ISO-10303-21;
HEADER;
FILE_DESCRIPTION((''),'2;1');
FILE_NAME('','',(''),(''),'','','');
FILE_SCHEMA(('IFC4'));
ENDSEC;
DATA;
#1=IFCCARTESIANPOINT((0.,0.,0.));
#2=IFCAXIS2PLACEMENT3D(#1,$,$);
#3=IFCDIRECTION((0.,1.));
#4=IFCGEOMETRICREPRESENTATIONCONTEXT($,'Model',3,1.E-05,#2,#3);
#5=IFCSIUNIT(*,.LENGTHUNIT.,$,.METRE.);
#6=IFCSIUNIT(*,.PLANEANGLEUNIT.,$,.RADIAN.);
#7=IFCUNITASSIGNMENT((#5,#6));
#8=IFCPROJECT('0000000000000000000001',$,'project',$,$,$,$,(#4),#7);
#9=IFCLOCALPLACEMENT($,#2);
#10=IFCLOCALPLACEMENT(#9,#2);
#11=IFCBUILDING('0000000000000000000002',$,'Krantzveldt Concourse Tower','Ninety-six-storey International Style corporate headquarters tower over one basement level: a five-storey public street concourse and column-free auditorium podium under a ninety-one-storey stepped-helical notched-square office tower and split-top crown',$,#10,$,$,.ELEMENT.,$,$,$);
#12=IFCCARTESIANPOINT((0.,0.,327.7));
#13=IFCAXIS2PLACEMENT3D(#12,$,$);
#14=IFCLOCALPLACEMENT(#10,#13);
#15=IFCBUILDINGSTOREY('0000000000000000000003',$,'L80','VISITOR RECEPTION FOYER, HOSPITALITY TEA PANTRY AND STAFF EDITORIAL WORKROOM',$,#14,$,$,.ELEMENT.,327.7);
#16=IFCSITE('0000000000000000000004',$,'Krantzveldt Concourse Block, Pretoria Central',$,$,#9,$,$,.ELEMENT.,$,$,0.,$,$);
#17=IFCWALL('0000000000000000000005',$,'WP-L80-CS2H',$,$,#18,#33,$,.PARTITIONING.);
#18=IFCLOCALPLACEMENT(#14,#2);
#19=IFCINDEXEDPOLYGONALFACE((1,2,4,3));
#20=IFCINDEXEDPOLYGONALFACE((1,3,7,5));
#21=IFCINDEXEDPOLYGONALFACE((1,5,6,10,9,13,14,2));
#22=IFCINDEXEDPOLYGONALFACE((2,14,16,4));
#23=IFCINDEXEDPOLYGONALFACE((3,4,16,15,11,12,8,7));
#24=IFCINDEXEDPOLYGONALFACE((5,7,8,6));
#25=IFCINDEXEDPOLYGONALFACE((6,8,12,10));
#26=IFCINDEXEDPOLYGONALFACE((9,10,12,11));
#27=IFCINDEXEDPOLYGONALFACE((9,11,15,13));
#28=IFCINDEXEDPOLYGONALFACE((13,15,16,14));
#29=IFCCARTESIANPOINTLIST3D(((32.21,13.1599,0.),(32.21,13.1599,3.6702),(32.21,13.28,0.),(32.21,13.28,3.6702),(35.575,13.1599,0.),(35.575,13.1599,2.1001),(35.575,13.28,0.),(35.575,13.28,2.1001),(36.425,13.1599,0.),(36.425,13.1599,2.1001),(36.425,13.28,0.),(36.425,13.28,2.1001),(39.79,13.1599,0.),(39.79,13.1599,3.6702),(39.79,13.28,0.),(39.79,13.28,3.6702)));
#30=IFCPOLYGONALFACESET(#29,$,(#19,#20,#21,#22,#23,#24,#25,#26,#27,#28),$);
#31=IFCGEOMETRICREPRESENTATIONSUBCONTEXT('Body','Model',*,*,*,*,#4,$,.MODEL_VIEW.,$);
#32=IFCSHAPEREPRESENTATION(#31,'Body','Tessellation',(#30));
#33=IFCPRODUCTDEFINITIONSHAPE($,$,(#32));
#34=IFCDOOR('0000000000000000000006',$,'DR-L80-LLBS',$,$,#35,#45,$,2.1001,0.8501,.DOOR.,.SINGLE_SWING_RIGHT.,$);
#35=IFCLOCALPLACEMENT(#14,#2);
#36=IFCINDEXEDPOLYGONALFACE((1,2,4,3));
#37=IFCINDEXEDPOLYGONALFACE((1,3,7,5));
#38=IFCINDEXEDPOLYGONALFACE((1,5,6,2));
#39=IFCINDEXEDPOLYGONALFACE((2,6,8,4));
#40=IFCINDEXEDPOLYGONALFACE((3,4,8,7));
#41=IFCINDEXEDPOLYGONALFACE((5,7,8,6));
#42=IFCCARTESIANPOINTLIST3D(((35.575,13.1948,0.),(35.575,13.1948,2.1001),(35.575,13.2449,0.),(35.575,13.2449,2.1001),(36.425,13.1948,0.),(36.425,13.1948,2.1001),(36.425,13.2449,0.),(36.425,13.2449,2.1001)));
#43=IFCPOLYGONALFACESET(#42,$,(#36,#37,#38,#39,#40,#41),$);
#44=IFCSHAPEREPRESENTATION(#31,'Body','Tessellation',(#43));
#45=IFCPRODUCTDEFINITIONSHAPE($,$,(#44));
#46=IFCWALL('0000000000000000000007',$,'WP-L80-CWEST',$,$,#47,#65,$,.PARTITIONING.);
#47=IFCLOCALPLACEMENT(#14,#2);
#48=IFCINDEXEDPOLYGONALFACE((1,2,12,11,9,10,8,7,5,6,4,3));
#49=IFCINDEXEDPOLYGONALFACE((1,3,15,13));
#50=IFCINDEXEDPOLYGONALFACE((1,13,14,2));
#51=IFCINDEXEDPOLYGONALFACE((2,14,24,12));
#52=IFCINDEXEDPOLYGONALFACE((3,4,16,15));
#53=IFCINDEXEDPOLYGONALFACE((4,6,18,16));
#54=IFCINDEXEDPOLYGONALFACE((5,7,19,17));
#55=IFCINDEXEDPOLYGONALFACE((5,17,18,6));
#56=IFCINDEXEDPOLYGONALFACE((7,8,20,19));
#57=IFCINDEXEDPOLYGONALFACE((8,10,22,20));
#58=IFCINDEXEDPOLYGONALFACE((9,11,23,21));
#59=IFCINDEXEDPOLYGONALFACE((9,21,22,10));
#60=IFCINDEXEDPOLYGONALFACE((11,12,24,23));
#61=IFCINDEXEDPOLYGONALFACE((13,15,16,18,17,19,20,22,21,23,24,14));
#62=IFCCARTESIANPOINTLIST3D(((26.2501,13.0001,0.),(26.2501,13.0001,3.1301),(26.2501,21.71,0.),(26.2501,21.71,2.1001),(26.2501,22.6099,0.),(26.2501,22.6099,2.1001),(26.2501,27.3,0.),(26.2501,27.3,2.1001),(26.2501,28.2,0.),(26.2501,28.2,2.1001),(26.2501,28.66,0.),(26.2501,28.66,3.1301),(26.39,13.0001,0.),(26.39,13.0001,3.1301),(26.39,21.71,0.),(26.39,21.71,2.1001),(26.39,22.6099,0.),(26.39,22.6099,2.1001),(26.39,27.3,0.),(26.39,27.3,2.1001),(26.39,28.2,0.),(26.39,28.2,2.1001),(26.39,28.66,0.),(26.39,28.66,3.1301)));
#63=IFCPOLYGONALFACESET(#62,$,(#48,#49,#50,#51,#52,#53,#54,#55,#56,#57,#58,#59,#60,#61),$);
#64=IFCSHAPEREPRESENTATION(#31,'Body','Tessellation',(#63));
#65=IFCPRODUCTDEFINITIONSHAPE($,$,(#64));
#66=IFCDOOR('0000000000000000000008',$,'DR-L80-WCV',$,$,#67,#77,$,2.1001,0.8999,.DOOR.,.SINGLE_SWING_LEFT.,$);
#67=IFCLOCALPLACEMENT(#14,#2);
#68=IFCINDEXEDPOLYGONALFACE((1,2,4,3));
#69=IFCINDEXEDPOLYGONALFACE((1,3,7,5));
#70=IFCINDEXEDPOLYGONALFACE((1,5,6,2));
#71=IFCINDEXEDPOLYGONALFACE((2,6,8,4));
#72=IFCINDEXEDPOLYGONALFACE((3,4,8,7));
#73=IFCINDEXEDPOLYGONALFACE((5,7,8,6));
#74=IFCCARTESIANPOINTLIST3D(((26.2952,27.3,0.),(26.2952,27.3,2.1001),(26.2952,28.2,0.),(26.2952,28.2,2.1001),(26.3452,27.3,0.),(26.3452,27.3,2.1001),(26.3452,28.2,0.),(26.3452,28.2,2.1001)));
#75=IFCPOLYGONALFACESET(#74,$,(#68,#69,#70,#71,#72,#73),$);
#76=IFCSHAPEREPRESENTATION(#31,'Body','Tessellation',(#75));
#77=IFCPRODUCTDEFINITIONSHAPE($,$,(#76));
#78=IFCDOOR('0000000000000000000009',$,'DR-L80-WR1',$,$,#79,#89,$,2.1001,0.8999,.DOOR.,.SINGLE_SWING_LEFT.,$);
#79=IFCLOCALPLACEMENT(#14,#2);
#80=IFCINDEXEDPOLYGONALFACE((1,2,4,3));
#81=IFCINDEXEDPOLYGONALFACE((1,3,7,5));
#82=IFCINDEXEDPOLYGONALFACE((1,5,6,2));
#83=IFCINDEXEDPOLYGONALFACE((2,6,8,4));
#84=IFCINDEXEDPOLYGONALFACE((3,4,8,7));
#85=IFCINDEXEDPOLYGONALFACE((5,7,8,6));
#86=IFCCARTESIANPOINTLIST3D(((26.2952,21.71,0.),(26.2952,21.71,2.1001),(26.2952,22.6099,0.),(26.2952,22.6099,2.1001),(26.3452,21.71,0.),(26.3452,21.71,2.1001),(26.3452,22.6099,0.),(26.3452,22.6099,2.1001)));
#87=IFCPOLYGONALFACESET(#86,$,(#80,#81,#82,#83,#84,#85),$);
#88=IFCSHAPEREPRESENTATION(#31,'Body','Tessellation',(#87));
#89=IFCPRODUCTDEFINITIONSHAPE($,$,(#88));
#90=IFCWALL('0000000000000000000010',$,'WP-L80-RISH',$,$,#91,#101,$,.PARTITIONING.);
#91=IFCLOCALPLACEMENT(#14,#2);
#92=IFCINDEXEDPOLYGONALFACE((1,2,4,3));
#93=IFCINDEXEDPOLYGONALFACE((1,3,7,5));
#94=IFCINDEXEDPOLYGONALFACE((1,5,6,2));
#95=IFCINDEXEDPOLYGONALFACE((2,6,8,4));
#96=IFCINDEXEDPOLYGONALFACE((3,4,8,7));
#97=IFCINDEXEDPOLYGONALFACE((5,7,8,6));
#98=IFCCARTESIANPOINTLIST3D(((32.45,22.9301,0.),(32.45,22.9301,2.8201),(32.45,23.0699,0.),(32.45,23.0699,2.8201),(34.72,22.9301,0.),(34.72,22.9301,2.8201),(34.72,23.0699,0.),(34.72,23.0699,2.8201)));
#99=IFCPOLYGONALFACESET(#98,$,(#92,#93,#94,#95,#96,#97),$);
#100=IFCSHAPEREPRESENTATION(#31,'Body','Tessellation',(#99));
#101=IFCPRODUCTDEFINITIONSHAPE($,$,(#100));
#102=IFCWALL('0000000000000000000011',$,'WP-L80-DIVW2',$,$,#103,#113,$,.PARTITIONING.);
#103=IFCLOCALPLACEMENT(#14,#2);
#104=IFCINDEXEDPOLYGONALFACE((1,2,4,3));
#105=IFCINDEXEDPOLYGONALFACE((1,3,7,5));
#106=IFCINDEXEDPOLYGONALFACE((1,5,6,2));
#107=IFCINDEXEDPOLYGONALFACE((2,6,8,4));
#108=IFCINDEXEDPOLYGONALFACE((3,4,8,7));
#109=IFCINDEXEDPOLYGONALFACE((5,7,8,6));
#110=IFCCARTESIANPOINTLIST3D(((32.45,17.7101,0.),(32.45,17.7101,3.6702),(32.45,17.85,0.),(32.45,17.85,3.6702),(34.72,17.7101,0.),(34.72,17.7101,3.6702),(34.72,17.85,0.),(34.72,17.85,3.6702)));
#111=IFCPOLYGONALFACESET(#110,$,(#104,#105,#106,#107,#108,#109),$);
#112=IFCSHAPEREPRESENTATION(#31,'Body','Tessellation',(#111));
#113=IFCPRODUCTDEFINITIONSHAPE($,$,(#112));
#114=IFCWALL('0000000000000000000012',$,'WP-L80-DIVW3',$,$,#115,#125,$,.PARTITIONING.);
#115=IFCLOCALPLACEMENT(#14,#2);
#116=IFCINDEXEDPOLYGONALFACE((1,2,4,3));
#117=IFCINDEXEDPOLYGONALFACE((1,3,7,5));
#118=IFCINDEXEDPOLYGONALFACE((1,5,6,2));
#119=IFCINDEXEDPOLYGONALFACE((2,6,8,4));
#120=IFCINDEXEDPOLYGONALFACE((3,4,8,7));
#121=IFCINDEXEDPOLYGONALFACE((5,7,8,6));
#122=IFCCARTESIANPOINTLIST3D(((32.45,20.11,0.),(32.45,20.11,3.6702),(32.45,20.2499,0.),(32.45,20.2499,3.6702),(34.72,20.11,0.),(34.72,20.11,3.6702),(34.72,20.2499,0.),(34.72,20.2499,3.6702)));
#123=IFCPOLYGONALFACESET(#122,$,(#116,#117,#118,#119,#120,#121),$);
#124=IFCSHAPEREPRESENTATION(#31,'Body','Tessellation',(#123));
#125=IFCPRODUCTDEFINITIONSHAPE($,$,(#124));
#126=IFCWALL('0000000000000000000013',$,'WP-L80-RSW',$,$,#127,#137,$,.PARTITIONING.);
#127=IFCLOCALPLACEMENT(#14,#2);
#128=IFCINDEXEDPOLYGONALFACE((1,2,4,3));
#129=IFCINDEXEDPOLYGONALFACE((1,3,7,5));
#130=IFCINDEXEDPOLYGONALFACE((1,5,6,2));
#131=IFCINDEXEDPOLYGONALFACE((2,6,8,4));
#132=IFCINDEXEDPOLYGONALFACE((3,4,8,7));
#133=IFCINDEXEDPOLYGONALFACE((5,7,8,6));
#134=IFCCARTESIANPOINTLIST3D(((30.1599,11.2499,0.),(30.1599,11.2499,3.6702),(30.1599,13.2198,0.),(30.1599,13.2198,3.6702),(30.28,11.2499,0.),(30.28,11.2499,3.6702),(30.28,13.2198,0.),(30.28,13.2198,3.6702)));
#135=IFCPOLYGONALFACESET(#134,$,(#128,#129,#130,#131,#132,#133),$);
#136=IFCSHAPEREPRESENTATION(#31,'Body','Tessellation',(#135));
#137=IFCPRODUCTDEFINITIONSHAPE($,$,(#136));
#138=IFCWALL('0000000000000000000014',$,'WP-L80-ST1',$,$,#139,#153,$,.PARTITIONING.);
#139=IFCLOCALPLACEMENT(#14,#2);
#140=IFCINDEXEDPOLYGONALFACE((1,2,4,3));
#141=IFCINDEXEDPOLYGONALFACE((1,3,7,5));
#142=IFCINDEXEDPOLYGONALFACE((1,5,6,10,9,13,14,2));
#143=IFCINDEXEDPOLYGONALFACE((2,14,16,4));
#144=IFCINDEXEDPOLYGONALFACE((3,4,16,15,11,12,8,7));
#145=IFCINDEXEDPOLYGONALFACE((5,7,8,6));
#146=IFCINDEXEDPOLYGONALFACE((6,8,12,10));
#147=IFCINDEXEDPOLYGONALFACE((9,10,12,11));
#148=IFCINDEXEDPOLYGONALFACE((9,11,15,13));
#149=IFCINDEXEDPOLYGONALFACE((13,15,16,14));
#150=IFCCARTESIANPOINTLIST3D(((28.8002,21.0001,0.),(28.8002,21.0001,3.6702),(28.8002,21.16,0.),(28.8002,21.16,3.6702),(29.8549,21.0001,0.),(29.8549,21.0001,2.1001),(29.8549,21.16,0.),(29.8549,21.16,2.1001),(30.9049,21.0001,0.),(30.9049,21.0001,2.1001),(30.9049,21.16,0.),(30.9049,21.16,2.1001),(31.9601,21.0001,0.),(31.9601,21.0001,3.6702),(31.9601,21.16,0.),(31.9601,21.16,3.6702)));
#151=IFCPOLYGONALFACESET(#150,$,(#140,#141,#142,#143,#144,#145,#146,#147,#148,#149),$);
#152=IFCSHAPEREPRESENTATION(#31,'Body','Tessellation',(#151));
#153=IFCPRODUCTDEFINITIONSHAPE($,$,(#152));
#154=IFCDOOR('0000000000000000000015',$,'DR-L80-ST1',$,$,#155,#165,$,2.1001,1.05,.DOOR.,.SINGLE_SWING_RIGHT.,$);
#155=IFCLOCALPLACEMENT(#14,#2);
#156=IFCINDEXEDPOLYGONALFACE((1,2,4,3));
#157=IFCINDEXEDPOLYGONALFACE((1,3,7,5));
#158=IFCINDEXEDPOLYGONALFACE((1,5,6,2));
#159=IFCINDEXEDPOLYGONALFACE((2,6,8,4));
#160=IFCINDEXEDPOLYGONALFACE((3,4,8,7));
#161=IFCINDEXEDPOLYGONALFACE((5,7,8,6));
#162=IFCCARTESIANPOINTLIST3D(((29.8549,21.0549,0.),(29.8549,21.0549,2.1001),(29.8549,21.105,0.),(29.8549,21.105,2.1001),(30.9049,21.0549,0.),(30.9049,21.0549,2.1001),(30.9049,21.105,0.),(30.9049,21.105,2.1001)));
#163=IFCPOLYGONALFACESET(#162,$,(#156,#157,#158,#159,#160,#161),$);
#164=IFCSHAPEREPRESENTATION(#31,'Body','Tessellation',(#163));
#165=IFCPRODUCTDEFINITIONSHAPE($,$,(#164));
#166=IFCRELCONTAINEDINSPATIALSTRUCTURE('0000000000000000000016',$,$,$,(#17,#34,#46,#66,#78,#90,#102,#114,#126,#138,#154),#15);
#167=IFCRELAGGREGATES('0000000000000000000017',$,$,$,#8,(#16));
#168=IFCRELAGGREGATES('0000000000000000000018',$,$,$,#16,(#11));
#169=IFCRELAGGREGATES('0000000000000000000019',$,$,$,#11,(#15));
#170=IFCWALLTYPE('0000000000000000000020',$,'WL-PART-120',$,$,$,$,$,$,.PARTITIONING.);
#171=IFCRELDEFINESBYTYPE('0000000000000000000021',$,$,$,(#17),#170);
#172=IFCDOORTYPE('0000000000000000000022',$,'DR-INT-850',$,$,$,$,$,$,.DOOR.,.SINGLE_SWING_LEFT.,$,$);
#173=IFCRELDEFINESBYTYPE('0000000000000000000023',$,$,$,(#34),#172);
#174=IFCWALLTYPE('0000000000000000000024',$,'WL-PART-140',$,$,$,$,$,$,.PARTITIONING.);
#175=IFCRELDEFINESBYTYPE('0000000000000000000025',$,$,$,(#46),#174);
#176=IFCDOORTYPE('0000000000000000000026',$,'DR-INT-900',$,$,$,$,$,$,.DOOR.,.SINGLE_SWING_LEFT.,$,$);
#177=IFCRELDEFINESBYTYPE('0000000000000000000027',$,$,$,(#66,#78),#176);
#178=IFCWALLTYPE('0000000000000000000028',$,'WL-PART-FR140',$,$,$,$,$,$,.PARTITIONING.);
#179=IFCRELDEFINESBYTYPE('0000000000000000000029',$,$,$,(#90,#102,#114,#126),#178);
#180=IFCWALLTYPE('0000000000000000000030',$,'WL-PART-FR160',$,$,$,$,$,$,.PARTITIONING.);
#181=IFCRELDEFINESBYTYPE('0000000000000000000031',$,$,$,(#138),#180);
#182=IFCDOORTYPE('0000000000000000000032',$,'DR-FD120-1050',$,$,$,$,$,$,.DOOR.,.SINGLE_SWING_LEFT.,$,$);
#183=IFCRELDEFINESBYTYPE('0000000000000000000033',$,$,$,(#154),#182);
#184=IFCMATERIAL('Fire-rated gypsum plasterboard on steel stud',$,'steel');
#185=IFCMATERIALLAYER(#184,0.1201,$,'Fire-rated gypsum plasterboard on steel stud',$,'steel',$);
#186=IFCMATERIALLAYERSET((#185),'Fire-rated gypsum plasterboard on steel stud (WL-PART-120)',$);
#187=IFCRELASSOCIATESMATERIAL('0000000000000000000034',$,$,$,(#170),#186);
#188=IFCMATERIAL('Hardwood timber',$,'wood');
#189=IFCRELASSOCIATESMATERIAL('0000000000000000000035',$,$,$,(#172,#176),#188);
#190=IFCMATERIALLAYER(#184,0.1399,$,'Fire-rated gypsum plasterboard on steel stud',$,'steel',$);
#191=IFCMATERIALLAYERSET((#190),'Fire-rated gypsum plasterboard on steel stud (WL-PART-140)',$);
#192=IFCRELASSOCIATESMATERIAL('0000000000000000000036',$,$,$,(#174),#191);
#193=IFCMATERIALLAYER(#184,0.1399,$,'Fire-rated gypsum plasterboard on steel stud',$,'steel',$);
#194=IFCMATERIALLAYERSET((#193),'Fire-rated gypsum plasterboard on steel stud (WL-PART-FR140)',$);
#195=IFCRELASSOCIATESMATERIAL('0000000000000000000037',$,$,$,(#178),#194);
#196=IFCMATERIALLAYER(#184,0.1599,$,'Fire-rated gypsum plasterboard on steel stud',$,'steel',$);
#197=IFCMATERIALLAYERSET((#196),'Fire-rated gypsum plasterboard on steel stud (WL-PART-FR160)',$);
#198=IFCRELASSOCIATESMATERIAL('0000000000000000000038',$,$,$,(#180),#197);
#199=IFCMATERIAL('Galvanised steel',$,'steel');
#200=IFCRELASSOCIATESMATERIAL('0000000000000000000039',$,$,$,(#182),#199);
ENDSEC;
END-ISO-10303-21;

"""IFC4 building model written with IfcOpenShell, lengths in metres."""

from ifc_helpers import new_model, si_unit, direction, frame, frame_2d, origin, place, context, subcontext, project, spatial, rectangle, extrude, material, layer, layer_set, type_object, element, fill, save


model = new_model("IFC4")

# Units and contexts
model_context = context("Model", 3, precision=1e-05, world=origin(), true_north=direction((0.0, 1.0)))
body_context = subcontext(model_context, "Body", "Model", "MODEL_VIEW")
ifc_project = project(units=[si_unit("LENGTHUNIT", "METRE"), si_unit("PLANEANGLEUNIT", "RADIAN")], contexts=[model_context])

# Site, building, storey
site_placement = place(None, origin())
site = spatial("IfcSite", under=ifc_project, at=site_placement, Name="Krantzveldt Concourse Block, Pretoria Central", CompositionType="ELEMENT", RefElevation=0.0)
building_placement = place(site_placement, origin())
building = spatial("IfcBuilding", under=site, at=building_placement, Name="Krantzveldt Concourse Tower", Description="Ninety-six-storey International Style corporate headquarters tower over one basement level: a five-storey public street concourse and column-free auditorium podium under a ninety-one-storey stepped-helical notched-square office tower and split-top crown", CompositionType="ELEMENT")
storey_placement = place(building_placement, frame((0.0, 0.0, 327.7)))
storey = spatial("IfcBuildingStorey", under=building, at=storey_placement, Name="L80", Description="VISITOR RECEPTION FOYER, HOSPITALITY TEA PANTRY AND STAFF EDITORIAL WORKROOM", CompositionType="ELEMENT", Elevation=327.7)

# Wall, opening, door
ifc_material_1 = material(Name="Fire-rated gypsum plasterboard on steel stud", Category="steel")
ifc_layer_1 = layer(ifc_material_1, 0.1201, Name="Fire-rated gypsum plasterboard on steel stud", Category="steel")
ifc_layer_set_1 = layer_set([ifc_layer_1], Name="Fire-rated gypsum plasterboard on steel stud (WL-PART-120)")
wall_type_1 = type_object("IfcWallType", Name="WL-PART-120", PredefinedType="PARTITIONING", material=ifc_layer_set_1)
wall_1_placement = place(storey_placement, frame((32.21, 13.22, 0.0), z_axis=(0.0, 0.0, 1.0), x_axis=(1.0, 0.0, 0.0)))
wall_1 = element("IfcWall", 1, at=wall_1_placement, inside=storey, type_object=wall_type_1, Name="WP-L80-CS2H", PredefinedType="PARTITIONING", context=body_context, shape_type="SweptSolid", body=[
    extrude(rectangle(XDim=7.5801, YDim=0.1201, at=frame_2d((3.79, 0.0))), origin(), (0.0, 0.0, 1.0), 3.6702),
])
opening_1_placement = place(wall_1_placement, frame((3.365, 0.0, 0.0)))
opening_1 = element("IfcOpeningElement", 2, at=opening_1_placement, cuts=wall_1, PredefinedType="OPENING", context=body_context, shape_type="SweptSolid", body=[
    extrude(rectangle(XDim=0.8501, YDim=2.1001, at=frame_2d((0.425, 1.05))), frame((0.0, 0.0701, 0.0), z_axis=(0.0, -1.0, 0.0), x_axis=(1.0, 0.0, 0.0)), (0.0, 0.0, 1.0), 0.1401),
])
ifc_material_2 = material(Name="Hardwood timber", Category="wood")
door_type_1 = type_object("IfcDoorType", Name="DR-INT-850", OperationType="SINGLE_SWING_LEFT", PredefinedType="DOOR", material=ifc_material_2)
door_1_placement = place(opening_1_placement, origin())
door_1 = element("IfcDoor", 3, at=door_1_placement, inside=storey, type_object=door_type_1, Name="DR-L80-LLBS", OperationType="SINGLE_SWING_RIGHT", OverallHeight=2.1001, OverallWidth=0.8501, PredefinedType="DOOR", context=body_context, shape_type="SweptSolid", body=[
    extrude(rectangle(XDim=0.8501, YDim=2.1001, at=frame_2d((0.425, 1.05))), frame((0.0, 0.0249, 0.0), z_axis=(0.0, -1.0, 0.0), x_axis=(1.0, 0.0, 0.0)), (0.0, 0.0, 1.0), 0.05),
])
fill(opening_1, door_1)

# Wall, openings, doors
ifc_layer_2 = layer(ifc_material_1, 0.1399, Name="Fire-rated gypsum plasterboard on steel stud", Category="steel")
ifc_layer_set_2 = layer_set([ifc_layer_2], Name="Fire-rated gypsum plasterboard on steel stud (WL-PART-140)")
wall_type_2 = type_object("IfcWallType", Name="WL-PART-140", PredefinedType="PARTITIONING", material=ifc_layer_set_2)
wall_2_placement = place(storey_placement, frame((26.3201, 13.0, 0.0), z_axis=(0.0, 0.0, 1.0), x_axis=(0.0, 1.0, 0.0)))
wall_2 = element("IfcWall", 4, at=wall_2_placement, inside=storey, type_object=wall_type_2, Name="WP-L80-CWEST", PredefinedType="PARTITIONING", context=body_context, shape_type="SweptSolid", body=[
    extrude(rectangle(XDim=15.6599, YDim=0.1399, at=frame_2d((7.8301, 0.0))), origin(), (0.0, 0.0, 1.0), 3.1301),
])
opening_2_placement = place(wall_2_placement, frame((14.3, 0.0, 0.0)))
opening_2 = element("IfcOpeningElement", 5, at=opening_2_placement, cuts=wall_2, PredefinedType="OPENING", context=body_context, shape_type="SweptSolid", body=[
    extrude(rectangle(XDim=0.8999, YDim=2.1001, at=frame_2d((0.45, 1.05))), frame((0.0, 0.0801, 0.0), z_axis=(0.0, -1.0, 0.0), x_axis=(1.0, 0.0, 0.0)), (0.0, 0.0, 1.0), 0.1599),
])
opening_3_placement = place(wall_2_placement, frame((8.71, 0.0, 0.0)))
opening_3 = element("IfcOpeningElement", 6, at=opening_3_placement, cuts=wall_2, PredefinedType="OPENING", context=body_context, shape_type="SweptSolid", body=[
    extrude(rectangle(XDim=0.8999, YDim=2.1001, at=frame_2d((0.45, 1.05))), frame((0.0, 0.0801, 0.0), z_axis=(0.0, -1.0, 0.0), x_axis=(1.0, 0.0, 0.0)), (0.0, 0.0, 1.0), 0.1599),
])
door_type_2 = type_object("IfcDoorType", Name="DR-INT-900", OperationType="SINGLE_SWING_LEFT", PredefinedType="DOOR", material=ifc_material_2)
door_2_placement = place(opening_2_placement, origin())
door_2 = element("IfcDoor", 7, at=door_2_placement, inside=storey, type_object=door_type_2, Name="DR-L80-WCV", OperationType="SINGLE_SWING_LEFT", OverallHeight=2.1001, OverallWidth=0.8999, PredefinedType="DOOR", context=body_context, shape_type="SweptSolid", body=[
    extrude(rectangle(XDim=0.8999, YDim=2.1001, at=frame_2d((0.45, 1.05))), frame((0.0, 0.0249, 0.0), z_axis=(0.0, -1.0, 0.0), x_axis=(1.0, 0.0, 0.0)), (0.0, 0.0, 1.0), 0.05),
])
fill(opening_2, door_2)
door_3_placement = place(opening_3_placement, origin())
door_3 = element("IfcDoor", 8, at=door_3_placement, inside=storey, type_object=door_type_2, Name="DR-L80-WR1", OperationType="SINGLE_SWING_LEFT", OverallHeight=2.1001, OverallWidth=0.8999, PredefinedType="DOOR", context=body_context, shape_type="SweptSolid", body=[
    extrude(rectangle(XDim=0.8999, YDim=2.1001, at=frame_2d((0.45, 1.05))), frame((0.0, 0.0249, 0.0), z_axis=(0.0, -1.0, 0.0), x_axis=(1.0, 0.0, 0.0)), (0.0, 0.0, 1.0), 0.05),
])
fill(opening_3, door_3)

# Walls
ifc_layer_3 = layer(ifc_material_1, 0.1399, Name="Fire-rated gypsum plasterboard on steel stud", Category="steel")
ifc_layer_set_3 = layer_set([ifc_layer_3], Name="Fire-rated gypsum plasterboard on steel stud (WL-PART-FR140)")
wall_type_3 = type_object("IfcWallType", Name="WL-PART-FR140", PredefinedType="PARTITIONING", material=ifc_layer_set_3)
wall_3_placement = place(storey_placement, frame((32.45, 23.0, 0.0), z_axis=(0.0, 0.0, 1.0), x_axis=(1.0, 0.0, 0.0)))
element("IfcWall", 9, at=wall_3_placement, inside=storey, type_object=wall_type_3, Name="WP-L80-RISH", PredefinedType="PARTITIONING", context=body_context, shape_type="SweptSolid", body=[
    extrude(rectangle(XDim=2.27, YDim=0.1399, at=frame_2d((1.135, 0.0))), origin(), (0.0, 0.0, 1.0), 2.8201),
])
for number, where, z_axis, x_axis, name in (
    (10, (32.45, 17.78, 0.0), (0.0, 0.0, 1.0), (1.0, 0.0, 0.0), "WP-L80-DIVW2"),
    (11, (32.45, 20.1799, 0.0), (0.0, 0.0, 1.0), (1.0, 0.0, 0.0), "WP-L80-DIVW3"),
):
    element("IfcWall", number, at=place(storey_placement, frame(where, z_axis=z_axis, x_axis=x_axis)), inside=storey, type_object=wall_type_3, Name=name, PredefinedType="PARTITIONING", context=body_context, shape_type="SweptSolid", body=[
        extrude(rectangle(XDim=2.27, YDim=0.1399, at=frame_2d((1.135, 0.0))), origin(), (0.0, 0.0, 1.0), 3.6702),
    ])
wall_4_placement = place(storey_placement, frame((30.22, 11.25, 0.0), z_axis=(0.0, 0.0, 1.0), x_axis=(0.0, 1.0, 0.0)))
element("IfcWall", 12, at=wall_4_placement, inside=storey, type_object=wall_type_3, Name="WP-L80-RSW", PredefinedType="PARTITIONING", context=body_context, shape_type="SweptSolid", body=[
    extrude(rectangle(XDim=1.97, YDim=0.1201, at=frame_2d((0.9849, 0.0))), origin(), (0.0, 0.0, 1.0), 3.6702),
])

# Wall, opening, door
ifc_layer_4 = layer(ifc_material_1, 0.1599, Name="Fire-rated gypsum plasterboard on steel stud", Category="steel")
ifc_layer_set_4 = layer_set([ifc_layer_4], Name="Fire-rated gypsum plasterboard on steel stud (WL-PART-FR160)")
wall_type_4 = type_object("IfcWallType", Name="WL-PART-FR160", PredefinedType="PARTITIONING", material=ifc_layer_set_4)
wall_5_placement = place(storey_placement, frame((28.8, 21.0801, 0.0), z_axis=(0.0, 0.0, 1.0), x_axis=(1.0, 0.0, 0.0)))
wall_5 = element("IfcWall", 13, at=wall_5_placement, inside=storey, type_object=wall_type_4, Name="WP-L80-ST1", PredefinedType="PARTITIONING", context=body_context, shape_type="SweptSolid", body=[
    extrude(rectangle(XDim=3.1599, YDim=0.1599, at=frame_2d((1.5801, 0.0))), origin(), (0.0, 0.0, 1.0), 3.6702),
])
opening_4_placement = place(wall_5_placement, frame((1.0549, 0.0, 0.0)))
opening_4 = element("IfcOpeningElement", 14, at=opening_4_placement, cuts=wall_5, PredefinedType="OPENING", context=body_context, shape_type="SweptSolid", body=[
    extrude(rectangle(XDim=1.05, YDim=2.1001, at=frame_2d((0.5249, 1.05))), frame((0.0, 0.0898, 0.0), z_axis=(0.0, -1.0, 0.0), x_axis=(1.0, 0.0, 0.0)), (0.0, 0.0, 1.0), 0.1799),
])
ifc_material_3 = material(Name="Galvanised steel", Category="steel")
door_type_3 = type_object("IfcDoorType", Name="DR-FD120-1050", OperationType="SINGLE_SWING_LEFT", PredefinedType="DOOR", material=ifc_material_3)
door_4_placement = place(opening_4_placement, origin())
door_4 = element("IfcDoor", 15, at=door_4_placement, inside=storey, type_object=door_type_3, Name="DR-L80-ST1", OperationType="SINGLE_SWING_RIGHT", OverallHeight=2.1001, OverallWidth=1.05, PredefinedType="DOOR", context=body_context, shape_type="SweptSolid", body=[
    extrude(rectangle(XDim=1.05, YDim=2.1001, at=frame_2d((0.5249, 1.05))), frame((0.0, 0.0249, 0.0), z_axis=(0.0, -1.0, 0.0), x_axis=(1.0, 0.0, 0.0)), (0.0, 0.0, 1.0), 0.05),
])
fill(opening_4, door_4)

save(model, "model.ifc")
